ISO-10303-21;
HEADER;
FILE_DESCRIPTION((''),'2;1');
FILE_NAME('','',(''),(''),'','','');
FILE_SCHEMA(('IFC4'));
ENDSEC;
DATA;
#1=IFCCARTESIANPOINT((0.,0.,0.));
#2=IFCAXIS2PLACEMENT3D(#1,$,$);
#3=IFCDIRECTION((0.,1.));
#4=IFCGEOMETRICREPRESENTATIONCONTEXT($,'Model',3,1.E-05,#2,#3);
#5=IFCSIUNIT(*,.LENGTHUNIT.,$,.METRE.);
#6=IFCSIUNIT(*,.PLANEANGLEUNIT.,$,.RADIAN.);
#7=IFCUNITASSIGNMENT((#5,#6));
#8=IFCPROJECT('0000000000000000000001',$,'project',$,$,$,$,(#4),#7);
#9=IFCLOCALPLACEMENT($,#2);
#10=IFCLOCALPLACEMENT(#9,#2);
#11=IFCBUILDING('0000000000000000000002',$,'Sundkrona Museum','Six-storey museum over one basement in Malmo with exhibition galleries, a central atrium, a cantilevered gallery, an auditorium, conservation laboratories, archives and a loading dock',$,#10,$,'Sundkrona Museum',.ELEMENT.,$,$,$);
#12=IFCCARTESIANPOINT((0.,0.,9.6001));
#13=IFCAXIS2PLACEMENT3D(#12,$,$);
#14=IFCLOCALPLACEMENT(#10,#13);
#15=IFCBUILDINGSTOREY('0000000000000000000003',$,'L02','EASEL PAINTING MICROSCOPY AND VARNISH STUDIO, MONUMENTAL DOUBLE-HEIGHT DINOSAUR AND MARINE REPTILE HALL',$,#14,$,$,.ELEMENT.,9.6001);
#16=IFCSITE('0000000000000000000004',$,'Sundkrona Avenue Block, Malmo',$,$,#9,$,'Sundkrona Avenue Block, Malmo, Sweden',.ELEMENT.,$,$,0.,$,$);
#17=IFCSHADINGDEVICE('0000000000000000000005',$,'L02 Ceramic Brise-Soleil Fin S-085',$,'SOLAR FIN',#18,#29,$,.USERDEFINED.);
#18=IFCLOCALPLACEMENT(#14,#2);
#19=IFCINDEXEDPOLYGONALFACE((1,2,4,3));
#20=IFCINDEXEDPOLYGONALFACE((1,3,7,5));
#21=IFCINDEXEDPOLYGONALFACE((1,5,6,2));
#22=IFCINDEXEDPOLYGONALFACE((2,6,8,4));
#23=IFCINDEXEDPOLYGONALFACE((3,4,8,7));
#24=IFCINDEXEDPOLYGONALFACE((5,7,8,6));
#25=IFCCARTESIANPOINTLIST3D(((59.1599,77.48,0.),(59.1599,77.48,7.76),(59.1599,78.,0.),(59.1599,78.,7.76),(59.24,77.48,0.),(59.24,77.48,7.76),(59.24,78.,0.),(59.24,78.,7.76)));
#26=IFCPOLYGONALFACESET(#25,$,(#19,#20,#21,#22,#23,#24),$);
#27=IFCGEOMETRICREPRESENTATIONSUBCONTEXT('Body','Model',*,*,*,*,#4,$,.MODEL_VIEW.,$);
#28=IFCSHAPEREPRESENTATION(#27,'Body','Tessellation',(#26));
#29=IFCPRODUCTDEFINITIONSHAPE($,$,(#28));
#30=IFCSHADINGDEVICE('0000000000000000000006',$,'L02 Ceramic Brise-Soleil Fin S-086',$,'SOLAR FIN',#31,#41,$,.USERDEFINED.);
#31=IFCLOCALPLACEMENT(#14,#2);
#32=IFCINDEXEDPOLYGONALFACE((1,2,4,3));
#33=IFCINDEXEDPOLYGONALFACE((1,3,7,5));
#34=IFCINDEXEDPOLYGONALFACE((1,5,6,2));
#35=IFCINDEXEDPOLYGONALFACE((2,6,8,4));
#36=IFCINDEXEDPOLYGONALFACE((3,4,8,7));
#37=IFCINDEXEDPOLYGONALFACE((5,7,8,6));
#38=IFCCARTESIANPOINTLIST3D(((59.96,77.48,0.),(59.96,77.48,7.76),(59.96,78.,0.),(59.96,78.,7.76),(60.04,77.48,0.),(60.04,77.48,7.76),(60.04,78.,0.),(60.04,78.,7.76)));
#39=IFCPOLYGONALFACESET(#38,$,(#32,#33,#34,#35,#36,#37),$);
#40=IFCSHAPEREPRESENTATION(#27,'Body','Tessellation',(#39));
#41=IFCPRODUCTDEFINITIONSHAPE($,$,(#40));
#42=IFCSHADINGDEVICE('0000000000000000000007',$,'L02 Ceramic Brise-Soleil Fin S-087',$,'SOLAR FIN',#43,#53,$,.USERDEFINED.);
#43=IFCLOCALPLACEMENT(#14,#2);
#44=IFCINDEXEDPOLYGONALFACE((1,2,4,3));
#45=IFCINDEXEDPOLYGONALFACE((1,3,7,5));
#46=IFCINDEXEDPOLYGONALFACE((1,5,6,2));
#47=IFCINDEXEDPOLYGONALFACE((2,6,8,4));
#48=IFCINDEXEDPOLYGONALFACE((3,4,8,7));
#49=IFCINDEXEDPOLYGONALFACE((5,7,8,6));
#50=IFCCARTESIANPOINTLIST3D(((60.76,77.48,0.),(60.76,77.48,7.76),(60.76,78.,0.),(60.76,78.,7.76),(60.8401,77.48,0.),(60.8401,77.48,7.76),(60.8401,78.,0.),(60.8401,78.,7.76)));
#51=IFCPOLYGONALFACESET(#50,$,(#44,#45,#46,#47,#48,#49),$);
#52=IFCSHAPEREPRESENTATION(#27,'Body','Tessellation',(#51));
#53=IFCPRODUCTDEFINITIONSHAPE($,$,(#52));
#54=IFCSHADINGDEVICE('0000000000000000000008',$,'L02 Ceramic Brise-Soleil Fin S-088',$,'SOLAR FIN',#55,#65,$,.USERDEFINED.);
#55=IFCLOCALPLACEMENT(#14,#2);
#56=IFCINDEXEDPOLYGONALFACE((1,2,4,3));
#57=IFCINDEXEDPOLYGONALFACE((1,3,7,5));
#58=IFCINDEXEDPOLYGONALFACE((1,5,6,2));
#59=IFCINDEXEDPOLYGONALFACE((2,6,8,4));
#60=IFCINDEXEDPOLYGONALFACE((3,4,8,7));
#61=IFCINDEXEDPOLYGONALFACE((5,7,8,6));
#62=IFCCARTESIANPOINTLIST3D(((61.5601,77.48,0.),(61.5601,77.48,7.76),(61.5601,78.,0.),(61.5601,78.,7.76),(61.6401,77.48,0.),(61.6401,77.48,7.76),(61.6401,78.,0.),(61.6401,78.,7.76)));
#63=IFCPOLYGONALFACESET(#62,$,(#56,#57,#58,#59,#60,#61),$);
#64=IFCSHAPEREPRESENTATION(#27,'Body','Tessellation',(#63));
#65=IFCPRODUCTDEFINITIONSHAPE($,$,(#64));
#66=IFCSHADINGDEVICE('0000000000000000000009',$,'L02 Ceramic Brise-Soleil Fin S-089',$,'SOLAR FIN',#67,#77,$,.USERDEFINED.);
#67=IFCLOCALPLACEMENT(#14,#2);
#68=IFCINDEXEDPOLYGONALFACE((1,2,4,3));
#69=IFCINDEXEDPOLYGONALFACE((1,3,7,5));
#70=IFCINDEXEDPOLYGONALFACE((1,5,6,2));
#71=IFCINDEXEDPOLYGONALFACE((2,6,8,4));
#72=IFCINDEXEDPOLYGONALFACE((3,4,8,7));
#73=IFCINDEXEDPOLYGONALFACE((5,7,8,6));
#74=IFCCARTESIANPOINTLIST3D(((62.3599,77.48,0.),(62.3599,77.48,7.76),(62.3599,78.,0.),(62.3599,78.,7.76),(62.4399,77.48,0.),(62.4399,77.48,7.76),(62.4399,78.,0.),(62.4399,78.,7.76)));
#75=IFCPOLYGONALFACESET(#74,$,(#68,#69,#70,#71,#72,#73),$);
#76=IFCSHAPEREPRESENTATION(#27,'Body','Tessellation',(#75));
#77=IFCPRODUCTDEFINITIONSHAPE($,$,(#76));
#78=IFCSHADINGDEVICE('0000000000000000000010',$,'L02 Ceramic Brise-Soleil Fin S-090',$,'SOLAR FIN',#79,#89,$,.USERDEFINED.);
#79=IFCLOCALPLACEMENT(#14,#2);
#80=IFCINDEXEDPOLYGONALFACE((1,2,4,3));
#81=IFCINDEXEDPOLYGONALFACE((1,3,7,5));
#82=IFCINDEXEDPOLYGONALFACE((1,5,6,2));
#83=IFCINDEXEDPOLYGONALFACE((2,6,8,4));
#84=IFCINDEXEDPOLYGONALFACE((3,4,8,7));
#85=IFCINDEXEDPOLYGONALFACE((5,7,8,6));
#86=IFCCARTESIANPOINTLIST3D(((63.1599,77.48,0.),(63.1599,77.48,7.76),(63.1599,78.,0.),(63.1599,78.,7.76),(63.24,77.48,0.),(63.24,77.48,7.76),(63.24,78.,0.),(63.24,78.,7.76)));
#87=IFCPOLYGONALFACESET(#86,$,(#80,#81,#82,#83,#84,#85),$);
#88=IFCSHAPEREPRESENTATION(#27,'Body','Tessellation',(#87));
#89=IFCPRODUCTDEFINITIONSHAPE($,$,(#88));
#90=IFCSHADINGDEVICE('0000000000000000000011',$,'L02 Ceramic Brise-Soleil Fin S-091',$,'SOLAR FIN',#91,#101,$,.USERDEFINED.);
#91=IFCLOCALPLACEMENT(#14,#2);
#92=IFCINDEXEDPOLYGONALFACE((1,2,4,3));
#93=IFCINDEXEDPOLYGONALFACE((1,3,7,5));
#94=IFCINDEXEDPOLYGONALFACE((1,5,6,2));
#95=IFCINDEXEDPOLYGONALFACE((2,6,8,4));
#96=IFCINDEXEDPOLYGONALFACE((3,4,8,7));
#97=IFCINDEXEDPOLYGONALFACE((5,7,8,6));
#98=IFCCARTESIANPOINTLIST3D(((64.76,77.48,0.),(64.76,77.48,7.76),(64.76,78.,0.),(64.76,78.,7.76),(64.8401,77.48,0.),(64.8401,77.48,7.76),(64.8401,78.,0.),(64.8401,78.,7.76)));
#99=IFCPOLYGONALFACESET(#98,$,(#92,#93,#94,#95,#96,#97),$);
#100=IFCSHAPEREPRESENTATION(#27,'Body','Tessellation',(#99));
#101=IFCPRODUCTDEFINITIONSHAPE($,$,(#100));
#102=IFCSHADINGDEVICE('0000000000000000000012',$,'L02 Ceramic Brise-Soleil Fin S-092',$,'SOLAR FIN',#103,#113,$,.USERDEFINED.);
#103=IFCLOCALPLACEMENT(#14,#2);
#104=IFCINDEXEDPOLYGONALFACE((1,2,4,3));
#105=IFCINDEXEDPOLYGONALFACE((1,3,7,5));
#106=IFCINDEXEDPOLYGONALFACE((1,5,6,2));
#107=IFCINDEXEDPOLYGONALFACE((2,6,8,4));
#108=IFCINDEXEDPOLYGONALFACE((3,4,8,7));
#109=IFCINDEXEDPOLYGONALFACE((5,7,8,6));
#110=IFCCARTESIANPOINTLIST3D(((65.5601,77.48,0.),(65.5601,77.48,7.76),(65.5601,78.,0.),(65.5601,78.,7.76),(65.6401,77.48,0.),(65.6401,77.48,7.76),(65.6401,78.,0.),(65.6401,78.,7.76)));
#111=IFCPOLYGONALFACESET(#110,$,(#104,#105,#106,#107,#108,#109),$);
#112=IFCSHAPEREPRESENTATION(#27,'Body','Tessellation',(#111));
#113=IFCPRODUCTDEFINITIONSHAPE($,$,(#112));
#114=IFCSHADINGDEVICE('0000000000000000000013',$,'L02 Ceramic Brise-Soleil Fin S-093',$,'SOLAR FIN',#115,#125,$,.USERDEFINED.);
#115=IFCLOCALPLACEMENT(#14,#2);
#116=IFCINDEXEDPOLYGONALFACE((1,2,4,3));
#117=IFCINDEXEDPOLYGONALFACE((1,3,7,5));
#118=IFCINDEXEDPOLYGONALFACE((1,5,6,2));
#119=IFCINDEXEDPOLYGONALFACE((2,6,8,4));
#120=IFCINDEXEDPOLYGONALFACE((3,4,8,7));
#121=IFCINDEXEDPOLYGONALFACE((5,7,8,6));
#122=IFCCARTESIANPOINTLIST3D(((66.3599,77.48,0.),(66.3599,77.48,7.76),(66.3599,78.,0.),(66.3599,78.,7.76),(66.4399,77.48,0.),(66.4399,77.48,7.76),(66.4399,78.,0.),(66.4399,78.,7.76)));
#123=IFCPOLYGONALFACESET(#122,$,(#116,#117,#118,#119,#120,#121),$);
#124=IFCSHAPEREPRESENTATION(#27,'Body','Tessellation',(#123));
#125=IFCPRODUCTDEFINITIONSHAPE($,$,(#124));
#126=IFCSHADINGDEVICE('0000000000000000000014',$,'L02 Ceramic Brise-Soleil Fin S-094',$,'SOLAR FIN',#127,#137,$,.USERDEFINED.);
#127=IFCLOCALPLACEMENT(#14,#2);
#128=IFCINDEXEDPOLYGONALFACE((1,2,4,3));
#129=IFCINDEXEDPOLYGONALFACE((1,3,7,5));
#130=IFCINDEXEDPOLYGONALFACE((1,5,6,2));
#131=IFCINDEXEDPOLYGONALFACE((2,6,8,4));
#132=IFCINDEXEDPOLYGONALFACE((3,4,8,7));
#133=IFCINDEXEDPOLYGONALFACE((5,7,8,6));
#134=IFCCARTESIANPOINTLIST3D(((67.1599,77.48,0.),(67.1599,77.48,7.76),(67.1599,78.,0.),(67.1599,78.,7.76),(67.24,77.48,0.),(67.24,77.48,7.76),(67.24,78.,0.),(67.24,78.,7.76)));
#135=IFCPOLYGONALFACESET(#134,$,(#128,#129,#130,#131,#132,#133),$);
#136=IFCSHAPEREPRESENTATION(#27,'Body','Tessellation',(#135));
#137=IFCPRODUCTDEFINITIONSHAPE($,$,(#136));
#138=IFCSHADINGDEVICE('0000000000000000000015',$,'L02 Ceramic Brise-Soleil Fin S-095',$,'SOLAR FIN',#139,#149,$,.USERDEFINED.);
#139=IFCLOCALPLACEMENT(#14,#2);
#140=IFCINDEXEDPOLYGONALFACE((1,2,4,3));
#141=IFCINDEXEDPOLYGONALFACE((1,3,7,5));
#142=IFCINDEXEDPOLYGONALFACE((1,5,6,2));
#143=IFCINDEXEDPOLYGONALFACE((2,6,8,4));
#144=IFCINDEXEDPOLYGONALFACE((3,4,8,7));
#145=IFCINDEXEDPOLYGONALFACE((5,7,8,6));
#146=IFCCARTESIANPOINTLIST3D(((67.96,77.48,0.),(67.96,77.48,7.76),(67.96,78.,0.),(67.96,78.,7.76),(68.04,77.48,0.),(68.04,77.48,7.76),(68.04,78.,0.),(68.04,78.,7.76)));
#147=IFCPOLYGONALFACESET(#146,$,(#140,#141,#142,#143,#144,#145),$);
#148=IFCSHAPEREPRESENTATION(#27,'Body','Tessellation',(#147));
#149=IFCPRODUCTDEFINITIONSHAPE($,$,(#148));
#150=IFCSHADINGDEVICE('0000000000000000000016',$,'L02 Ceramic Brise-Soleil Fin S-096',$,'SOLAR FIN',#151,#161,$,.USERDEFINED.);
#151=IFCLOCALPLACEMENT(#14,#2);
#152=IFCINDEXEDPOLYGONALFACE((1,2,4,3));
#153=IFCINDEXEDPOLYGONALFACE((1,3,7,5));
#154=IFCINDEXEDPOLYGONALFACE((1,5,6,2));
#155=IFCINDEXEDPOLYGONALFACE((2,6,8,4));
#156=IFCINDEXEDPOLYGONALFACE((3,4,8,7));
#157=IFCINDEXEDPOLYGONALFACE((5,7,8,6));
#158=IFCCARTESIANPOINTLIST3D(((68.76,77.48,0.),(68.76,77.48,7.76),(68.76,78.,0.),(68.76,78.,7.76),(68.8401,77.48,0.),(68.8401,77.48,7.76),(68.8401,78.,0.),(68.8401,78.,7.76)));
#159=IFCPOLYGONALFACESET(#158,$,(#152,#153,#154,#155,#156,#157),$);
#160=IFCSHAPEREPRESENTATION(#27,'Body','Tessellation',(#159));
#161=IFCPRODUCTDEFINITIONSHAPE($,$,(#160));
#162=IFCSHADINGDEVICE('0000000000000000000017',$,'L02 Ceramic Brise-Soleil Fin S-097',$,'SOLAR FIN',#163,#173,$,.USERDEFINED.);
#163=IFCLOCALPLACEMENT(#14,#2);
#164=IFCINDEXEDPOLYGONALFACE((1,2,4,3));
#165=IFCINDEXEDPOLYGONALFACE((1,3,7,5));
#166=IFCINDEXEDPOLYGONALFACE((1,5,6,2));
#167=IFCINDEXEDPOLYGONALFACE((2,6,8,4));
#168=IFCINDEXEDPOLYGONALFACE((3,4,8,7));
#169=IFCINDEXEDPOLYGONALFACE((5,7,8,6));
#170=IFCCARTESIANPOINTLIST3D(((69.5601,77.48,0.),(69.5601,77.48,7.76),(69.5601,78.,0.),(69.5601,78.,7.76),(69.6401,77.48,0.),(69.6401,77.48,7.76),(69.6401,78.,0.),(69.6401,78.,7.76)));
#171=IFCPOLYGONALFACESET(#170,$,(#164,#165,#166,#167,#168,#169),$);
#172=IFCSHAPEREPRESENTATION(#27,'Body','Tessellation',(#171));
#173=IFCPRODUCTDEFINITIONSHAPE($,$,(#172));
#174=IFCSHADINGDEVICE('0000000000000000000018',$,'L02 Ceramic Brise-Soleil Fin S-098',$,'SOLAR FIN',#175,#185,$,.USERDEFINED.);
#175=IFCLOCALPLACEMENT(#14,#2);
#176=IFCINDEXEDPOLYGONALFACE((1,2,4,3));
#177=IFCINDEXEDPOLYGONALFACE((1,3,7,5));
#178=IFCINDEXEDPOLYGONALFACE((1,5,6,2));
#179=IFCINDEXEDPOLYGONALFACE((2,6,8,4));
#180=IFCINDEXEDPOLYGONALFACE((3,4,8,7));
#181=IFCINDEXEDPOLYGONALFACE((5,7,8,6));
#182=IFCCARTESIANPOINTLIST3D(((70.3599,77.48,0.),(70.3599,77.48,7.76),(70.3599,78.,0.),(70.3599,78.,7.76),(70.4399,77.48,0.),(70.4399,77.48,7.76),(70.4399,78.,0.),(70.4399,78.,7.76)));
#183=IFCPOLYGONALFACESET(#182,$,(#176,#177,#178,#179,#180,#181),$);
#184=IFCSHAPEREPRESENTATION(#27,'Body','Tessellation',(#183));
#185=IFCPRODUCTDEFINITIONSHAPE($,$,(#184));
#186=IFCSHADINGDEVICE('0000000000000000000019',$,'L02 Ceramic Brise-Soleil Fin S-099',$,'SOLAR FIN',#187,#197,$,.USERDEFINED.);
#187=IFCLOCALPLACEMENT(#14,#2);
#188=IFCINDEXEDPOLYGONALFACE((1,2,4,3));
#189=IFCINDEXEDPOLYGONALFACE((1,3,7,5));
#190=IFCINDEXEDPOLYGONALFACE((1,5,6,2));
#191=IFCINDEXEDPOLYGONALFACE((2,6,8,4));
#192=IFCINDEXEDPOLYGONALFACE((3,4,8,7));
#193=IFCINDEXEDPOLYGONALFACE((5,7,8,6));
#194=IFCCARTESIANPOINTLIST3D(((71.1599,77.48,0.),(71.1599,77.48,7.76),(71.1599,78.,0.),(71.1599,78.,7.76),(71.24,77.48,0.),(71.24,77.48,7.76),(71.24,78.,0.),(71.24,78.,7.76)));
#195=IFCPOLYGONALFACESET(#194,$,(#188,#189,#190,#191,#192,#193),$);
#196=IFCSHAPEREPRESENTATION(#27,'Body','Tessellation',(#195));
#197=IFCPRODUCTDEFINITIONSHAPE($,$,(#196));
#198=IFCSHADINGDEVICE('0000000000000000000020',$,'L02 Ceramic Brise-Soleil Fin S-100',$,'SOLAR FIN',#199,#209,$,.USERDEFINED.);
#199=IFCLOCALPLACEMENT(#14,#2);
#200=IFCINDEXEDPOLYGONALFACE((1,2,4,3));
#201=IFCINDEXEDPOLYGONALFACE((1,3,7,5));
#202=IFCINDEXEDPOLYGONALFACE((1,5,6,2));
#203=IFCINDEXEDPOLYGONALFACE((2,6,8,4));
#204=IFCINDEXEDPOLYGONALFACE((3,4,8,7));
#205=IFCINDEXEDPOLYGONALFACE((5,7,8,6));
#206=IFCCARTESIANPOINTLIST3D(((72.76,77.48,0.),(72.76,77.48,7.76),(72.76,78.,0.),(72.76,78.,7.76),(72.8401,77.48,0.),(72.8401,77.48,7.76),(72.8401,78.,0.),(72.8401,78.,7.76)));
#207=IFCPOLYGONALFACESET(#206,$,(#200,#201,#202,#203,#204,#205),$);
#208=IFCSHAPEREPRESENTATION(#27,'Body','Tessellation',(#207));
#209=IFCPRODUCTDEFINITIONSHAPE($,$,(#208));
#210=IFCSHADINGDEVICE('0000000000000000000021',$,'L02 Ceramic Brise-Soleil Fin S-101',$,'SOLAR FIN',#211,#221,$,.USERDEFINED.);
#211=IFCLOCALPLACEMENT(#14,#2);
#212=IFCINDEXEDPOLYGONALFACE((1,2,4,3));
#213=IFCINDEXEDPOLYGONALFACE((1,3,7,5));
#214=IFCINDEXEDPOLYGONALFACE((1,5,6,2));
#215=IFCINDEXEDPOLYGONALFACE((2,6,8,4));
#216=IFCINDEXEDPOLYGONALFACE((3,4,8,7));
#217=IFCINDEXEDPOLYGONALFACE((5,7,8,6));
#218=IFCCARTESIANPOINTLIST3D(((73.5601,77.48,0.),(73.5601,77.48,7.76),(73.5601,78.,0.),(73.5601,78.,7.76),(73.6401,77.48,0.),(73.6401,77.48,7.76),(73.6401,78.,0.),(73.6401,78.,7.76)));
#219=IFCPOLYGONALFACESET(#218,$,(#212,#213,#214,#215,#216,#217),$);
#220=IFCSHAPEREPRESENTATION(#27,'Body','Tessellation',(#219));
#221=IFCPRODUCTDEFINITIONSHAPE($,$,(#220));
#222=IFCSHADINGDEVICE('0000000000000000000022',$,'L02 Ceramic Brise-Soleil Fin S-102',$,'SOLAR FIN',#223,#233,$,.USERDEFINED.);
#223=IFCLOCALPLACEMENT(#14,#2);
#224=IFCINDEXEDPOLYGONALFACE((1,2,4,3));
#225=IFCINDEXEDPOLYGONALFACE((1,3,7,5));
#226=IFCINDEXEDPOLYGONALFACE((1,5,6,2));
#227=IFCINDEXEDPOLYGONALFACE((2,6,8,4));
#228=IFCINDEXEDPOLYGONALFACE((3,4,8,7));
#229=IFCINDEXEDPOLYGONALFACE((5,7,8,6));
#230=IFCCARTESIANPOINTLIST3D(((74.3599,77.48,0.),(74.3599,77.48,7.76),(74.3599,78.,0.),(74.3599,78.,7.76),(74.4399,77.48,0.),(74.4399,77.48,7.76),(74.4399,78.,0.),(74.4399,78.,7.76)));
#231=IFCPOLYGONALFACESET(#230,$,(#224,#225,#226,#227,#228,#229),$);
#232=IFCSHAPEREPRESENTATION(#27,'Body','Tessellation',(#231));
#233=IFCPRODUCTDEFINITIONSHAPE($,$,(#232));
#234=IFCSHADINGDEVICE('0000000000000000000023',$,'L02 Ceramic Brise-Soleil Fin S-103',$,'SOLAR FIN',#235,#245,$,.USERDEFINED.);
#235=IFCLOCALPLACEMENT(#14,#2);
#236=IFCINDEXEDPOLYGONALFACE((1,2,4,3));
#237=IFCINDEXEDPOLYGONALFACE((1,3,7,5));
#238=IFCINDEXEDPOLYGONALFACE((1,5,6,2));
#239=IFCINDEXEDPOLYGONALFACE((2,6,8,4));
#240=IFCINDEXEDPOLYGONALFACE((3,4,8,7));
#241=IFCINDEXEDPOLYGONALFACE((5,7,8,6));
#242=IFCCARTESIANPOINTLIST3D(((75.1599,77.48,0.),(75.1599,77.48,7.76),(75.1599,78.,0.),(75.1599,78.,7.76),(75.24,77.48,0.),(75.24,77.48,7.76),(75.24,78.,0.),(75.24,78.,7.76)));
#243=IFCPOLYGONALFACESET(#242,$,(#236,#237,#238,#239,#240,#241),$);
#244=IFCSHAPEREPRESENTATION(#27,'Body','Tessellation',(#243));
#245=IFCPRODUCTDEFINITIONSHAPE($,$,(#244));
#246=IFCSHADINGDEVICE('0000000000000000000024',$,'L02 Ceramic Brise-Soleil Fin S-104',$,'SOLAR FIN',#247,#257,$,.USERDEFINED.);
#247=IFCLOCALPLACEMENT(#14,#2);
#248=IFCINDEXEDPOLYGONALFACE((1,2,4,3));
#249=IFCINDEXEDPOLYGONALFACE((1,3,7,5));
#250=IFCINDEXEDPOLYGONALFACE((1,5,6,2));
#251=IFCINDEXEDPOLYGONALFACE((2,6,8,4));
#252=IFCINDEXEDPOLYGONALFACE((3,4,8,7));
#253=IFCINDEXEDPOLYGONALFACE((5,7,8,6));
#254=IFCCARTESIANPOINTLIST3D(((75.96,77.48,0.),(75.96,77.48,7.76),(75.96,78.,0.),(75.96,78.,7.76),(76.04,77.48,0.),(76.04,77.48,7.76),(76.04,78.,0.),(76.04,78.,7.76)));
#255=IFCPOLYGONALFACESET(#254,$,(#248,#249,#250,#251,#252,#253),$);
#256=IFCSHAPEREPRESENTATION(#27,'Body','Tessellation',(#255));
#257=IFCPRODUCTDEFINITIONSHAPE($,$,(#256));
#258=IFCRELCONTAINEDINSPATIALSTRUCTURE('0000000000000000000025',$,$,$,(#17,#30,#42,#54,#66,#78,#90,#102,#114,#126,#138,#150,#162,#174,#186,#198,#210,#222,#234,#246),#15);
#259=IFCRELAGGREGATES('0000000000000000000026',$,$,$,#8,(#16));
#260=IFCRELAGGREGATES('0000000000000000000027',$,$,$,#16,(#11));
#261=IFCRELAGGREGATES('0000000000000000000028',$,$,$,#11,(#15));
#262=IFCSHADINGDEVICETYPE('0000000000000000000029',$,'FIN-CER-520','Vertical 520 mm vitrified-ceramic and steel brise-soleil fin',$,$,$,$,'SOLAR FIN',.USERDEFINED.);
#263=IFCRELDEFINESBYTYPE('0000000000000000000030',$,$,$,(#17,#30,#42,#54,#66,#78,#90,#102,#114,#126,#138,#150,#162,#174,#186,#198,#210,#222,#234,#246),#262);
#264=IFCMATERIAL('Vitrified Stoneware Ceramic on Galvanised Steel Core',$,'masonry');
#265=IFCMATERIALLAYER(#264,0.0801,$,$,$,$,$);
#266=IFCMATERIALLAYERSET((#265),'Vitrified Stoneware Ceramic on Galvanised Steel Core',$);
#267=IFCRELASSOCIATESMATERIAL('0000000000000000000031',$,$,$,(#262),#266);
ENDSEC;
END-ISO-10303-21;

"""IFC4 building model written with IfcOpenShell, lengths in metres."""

from ifc_helpers import new_model, si_unit, direction, frame, origin, origin_2d, place, context, subcontext, project, spatial, rectangle, extrude, material, layer, layer_set, type_object, element, save


model = new_model("IFC4")

# Units and contexts
model_context = context("Model", 3, precision=1e-05, world=origin(), true_north=direction((0.0, 1.0)))
body_context = subcontext(model_context, "Body", "Model", "MODEL_VIEW")
ifc_project = project(units=[si_unit("LENGTHUNIT", "METRE"), si_unit("PLANEANGLEUNIT", "RADIAN")], contexts=[model_context])

# Site, building, storey
site_placement = place(None, origin())
site = spatial("IfcSite", under=ifc_project, at=site_placement, Name="Sundkrona Avenue Block, Malmo", LongName="Sundkrona Avenue Block, Malmo, Sweden", CompositionType="ELEMENT", RefElevation=0.0)
building_placement = place(site_placement, origin())
building = spatial("IfcBuilding", under=site, at=building_placement, Name="Sundkrona Museum", Description="Six-storey museum over one basement in Malmo with exhibition galleries, a central atrium, a cantilevered gallery, an auditorium, conservation laboratories, archives and a loading dock", LongName="Sundkrona Museum", CompositionType="ELEMENT")
storey_placement = place(building_placement, frame((0.0, 0.0, 9.6001)))
storey = spatial("IfcBuildingStorey", under=building, at=storey_placement, Name="L02", Description="EASEL PAINTING MICROSCOPY AND VARNISH STUDIO, MONUMENTAL DOUBLE-HEIGHT DINOSAUR AND MARINE REPTILE HALL", CompositionType="ELEMENT", Elevation=9.6001)

# Shading devices
ifc_material = material(Name="Vitrified Stoneware Ceramic on Galvanised Steel Core", Category="masonry")
ifc_layer = layer(ifc_material, 0.0801)
ifc_layer_set = layer_set([ifc_layer], Name="Vitrified Stoneware Ceramic on Galvanised Steel Core")
shading_device_type = type_object("IfcShadingDeviceType", Name="FIN-CER-520", Description="Vertical 520 mm vitrified-ceramic and steel brise-soleil fin", ElementType="SOLAR FIN", PredefinedType="USERDEFINED", material=ifc_layer_set)
for number, where, z_axis, x_axis, name in (
    (1, (59.2, 77.74, 0.0), (0.0, 0.0, 1.0), (1.0, 0.0, 0.0), "L02 Ceramic Brise-Soleil Fin S-085"),
    (2, (60.0, 77.74, 0.0), (0.0, 0.0, 1.0), (1.0, 0.0, 0.0), "L02 Ceramic Brise-Soleil Fin S-086"),
    (3, (60.8, 77.74, 0.0), (0.0, 0.0, 1.0), (1.0, 0.0, 0.0), "L02 Ceramic Brise-Soleil Fin S-087"),
    (4, (61.6001, 77.74, 0.0), (0.0, 0.0, 1.0), (1.0, 0.0, 0.0), "L02 Ceramic Brise-Soleil Fin S-088"),
    (5, (62.3999, 77.74, 0.0), (0.0, 0.0, 1.0), (1.0, 0.0, 0.0), "L02 Ceramic Brise-Soleil Fin S-089"),
    (6, (63.2, 77.74, 0.0), (0.0, 0.0, 1.0), (1.0, 0.0, 0.0), "L02 Ceramic Brise-Soleil Fin S-090"),
    (7, (64.8, 77.74, 0.0), (0.0, 0.0, 1.0), (1.0, 0.0, 0.0), "L02 Ceramic Brise-Soleil Fin S-091"),
    (8, (65.6001, 77.74, 0.0), (0.0, 0.0, 1.0), (1.0, 0.0, 0.0), "L02 Ceramic Brise-Soleil Fin S-092"),
    (9, (66.3999, 77.74, 0.0), (0.0, 0.0, 1.0), (1.0, 0.0, 0.0), "L02 Ceramic Brise-Soleil Fin S-093"),
    (10, (67.2, 77.74, 0.0), (0.0, 0.0, 1.0), (1.0, 0.0, 0.0), "L02 Ceramic Brise-Soleil Fin S-094"),
    (11, (68.0, 77.74, 0.0), (0.0, 0.0, 1.0), (1.0, 0.0, 0.0), "L02 Ceramic Brise-Soleil Fin S-095"),
    (12, (68.8, 77.74, 0.0), (0.0, 0.0, 1.0), (1.0, 0.0, 0.0), "L02 Ceramic Brise-Soleil Fin S-096"),
    (13, (69.6001, 77.74, 0.0), (0.0, 0.0, 1.0), (1.0, 0.0, 0.0), "L02 Ceramic Brise-Soleil Fin S-097"),
    (14, (70.3999, 77.74, 0.0), (0.0, 0.0, 1.0), (1.0, 0.0, 0.0), "L02 Ceramic Brise-Soleil Fin S-098"),
    (15, (71.2, 77.74, 0.0), (0.0, 0.0, 1.0), (1.0, 0.0, 0.0), "L02 Ceramic Brise-Soleil Fin S-099"),
    (16, (72.8, 77.74, 0.0), (0.0, 0.0, 1.0), (1.0, 0.0, 0.0), "L02 Ceramic Brise-Soleil Fin S-100"),
    (17, (73.6001, 77.74, 0.0), (0.0, 0.0, 1.0), (1.0, 0.0, 0.0), "L02 Ceramic Brise-Soleil Fin S-101"),
    (18, (74.3999, 77.74, 0.0), (0.0, 0.0, 1.0), (1.0, 0.0, 0.0), "L02 Ceramic Brise-Soleil Fin S-102"),
    (19, (75.2, 77.74, 0.0), (0.0, 0.0, 1.0), (1.0, 0.0, 0.0), "L02 Ceramic Brise-Soleil Fin S-103"),
    (20, (76.0, 77.74, 0.0), (0.0, 0.0, 1.0), (1.0, 0.0, 0.0), "L02 Ceramic Brise-Soleil Fin S-104"),
):
    element("IfcShadingDevice", number, at=place(storey_placement, frame(where, z_axis=z_axis, x_axis=x_axis)), inside=storey, type_object=shading_device_type, Name=name, ObjectType="SOLAR FIN", PredefinedType="USERDEFINED", context=body_context, shape_type="SweptSolid", body=[
        extrude(rectangle(XDim=0.0801, YDim=0.52, at=origin_2d()), origin(), (0.0, 0.0, 1.0), 7.76),
    ])

save(model, "model.ifc")
